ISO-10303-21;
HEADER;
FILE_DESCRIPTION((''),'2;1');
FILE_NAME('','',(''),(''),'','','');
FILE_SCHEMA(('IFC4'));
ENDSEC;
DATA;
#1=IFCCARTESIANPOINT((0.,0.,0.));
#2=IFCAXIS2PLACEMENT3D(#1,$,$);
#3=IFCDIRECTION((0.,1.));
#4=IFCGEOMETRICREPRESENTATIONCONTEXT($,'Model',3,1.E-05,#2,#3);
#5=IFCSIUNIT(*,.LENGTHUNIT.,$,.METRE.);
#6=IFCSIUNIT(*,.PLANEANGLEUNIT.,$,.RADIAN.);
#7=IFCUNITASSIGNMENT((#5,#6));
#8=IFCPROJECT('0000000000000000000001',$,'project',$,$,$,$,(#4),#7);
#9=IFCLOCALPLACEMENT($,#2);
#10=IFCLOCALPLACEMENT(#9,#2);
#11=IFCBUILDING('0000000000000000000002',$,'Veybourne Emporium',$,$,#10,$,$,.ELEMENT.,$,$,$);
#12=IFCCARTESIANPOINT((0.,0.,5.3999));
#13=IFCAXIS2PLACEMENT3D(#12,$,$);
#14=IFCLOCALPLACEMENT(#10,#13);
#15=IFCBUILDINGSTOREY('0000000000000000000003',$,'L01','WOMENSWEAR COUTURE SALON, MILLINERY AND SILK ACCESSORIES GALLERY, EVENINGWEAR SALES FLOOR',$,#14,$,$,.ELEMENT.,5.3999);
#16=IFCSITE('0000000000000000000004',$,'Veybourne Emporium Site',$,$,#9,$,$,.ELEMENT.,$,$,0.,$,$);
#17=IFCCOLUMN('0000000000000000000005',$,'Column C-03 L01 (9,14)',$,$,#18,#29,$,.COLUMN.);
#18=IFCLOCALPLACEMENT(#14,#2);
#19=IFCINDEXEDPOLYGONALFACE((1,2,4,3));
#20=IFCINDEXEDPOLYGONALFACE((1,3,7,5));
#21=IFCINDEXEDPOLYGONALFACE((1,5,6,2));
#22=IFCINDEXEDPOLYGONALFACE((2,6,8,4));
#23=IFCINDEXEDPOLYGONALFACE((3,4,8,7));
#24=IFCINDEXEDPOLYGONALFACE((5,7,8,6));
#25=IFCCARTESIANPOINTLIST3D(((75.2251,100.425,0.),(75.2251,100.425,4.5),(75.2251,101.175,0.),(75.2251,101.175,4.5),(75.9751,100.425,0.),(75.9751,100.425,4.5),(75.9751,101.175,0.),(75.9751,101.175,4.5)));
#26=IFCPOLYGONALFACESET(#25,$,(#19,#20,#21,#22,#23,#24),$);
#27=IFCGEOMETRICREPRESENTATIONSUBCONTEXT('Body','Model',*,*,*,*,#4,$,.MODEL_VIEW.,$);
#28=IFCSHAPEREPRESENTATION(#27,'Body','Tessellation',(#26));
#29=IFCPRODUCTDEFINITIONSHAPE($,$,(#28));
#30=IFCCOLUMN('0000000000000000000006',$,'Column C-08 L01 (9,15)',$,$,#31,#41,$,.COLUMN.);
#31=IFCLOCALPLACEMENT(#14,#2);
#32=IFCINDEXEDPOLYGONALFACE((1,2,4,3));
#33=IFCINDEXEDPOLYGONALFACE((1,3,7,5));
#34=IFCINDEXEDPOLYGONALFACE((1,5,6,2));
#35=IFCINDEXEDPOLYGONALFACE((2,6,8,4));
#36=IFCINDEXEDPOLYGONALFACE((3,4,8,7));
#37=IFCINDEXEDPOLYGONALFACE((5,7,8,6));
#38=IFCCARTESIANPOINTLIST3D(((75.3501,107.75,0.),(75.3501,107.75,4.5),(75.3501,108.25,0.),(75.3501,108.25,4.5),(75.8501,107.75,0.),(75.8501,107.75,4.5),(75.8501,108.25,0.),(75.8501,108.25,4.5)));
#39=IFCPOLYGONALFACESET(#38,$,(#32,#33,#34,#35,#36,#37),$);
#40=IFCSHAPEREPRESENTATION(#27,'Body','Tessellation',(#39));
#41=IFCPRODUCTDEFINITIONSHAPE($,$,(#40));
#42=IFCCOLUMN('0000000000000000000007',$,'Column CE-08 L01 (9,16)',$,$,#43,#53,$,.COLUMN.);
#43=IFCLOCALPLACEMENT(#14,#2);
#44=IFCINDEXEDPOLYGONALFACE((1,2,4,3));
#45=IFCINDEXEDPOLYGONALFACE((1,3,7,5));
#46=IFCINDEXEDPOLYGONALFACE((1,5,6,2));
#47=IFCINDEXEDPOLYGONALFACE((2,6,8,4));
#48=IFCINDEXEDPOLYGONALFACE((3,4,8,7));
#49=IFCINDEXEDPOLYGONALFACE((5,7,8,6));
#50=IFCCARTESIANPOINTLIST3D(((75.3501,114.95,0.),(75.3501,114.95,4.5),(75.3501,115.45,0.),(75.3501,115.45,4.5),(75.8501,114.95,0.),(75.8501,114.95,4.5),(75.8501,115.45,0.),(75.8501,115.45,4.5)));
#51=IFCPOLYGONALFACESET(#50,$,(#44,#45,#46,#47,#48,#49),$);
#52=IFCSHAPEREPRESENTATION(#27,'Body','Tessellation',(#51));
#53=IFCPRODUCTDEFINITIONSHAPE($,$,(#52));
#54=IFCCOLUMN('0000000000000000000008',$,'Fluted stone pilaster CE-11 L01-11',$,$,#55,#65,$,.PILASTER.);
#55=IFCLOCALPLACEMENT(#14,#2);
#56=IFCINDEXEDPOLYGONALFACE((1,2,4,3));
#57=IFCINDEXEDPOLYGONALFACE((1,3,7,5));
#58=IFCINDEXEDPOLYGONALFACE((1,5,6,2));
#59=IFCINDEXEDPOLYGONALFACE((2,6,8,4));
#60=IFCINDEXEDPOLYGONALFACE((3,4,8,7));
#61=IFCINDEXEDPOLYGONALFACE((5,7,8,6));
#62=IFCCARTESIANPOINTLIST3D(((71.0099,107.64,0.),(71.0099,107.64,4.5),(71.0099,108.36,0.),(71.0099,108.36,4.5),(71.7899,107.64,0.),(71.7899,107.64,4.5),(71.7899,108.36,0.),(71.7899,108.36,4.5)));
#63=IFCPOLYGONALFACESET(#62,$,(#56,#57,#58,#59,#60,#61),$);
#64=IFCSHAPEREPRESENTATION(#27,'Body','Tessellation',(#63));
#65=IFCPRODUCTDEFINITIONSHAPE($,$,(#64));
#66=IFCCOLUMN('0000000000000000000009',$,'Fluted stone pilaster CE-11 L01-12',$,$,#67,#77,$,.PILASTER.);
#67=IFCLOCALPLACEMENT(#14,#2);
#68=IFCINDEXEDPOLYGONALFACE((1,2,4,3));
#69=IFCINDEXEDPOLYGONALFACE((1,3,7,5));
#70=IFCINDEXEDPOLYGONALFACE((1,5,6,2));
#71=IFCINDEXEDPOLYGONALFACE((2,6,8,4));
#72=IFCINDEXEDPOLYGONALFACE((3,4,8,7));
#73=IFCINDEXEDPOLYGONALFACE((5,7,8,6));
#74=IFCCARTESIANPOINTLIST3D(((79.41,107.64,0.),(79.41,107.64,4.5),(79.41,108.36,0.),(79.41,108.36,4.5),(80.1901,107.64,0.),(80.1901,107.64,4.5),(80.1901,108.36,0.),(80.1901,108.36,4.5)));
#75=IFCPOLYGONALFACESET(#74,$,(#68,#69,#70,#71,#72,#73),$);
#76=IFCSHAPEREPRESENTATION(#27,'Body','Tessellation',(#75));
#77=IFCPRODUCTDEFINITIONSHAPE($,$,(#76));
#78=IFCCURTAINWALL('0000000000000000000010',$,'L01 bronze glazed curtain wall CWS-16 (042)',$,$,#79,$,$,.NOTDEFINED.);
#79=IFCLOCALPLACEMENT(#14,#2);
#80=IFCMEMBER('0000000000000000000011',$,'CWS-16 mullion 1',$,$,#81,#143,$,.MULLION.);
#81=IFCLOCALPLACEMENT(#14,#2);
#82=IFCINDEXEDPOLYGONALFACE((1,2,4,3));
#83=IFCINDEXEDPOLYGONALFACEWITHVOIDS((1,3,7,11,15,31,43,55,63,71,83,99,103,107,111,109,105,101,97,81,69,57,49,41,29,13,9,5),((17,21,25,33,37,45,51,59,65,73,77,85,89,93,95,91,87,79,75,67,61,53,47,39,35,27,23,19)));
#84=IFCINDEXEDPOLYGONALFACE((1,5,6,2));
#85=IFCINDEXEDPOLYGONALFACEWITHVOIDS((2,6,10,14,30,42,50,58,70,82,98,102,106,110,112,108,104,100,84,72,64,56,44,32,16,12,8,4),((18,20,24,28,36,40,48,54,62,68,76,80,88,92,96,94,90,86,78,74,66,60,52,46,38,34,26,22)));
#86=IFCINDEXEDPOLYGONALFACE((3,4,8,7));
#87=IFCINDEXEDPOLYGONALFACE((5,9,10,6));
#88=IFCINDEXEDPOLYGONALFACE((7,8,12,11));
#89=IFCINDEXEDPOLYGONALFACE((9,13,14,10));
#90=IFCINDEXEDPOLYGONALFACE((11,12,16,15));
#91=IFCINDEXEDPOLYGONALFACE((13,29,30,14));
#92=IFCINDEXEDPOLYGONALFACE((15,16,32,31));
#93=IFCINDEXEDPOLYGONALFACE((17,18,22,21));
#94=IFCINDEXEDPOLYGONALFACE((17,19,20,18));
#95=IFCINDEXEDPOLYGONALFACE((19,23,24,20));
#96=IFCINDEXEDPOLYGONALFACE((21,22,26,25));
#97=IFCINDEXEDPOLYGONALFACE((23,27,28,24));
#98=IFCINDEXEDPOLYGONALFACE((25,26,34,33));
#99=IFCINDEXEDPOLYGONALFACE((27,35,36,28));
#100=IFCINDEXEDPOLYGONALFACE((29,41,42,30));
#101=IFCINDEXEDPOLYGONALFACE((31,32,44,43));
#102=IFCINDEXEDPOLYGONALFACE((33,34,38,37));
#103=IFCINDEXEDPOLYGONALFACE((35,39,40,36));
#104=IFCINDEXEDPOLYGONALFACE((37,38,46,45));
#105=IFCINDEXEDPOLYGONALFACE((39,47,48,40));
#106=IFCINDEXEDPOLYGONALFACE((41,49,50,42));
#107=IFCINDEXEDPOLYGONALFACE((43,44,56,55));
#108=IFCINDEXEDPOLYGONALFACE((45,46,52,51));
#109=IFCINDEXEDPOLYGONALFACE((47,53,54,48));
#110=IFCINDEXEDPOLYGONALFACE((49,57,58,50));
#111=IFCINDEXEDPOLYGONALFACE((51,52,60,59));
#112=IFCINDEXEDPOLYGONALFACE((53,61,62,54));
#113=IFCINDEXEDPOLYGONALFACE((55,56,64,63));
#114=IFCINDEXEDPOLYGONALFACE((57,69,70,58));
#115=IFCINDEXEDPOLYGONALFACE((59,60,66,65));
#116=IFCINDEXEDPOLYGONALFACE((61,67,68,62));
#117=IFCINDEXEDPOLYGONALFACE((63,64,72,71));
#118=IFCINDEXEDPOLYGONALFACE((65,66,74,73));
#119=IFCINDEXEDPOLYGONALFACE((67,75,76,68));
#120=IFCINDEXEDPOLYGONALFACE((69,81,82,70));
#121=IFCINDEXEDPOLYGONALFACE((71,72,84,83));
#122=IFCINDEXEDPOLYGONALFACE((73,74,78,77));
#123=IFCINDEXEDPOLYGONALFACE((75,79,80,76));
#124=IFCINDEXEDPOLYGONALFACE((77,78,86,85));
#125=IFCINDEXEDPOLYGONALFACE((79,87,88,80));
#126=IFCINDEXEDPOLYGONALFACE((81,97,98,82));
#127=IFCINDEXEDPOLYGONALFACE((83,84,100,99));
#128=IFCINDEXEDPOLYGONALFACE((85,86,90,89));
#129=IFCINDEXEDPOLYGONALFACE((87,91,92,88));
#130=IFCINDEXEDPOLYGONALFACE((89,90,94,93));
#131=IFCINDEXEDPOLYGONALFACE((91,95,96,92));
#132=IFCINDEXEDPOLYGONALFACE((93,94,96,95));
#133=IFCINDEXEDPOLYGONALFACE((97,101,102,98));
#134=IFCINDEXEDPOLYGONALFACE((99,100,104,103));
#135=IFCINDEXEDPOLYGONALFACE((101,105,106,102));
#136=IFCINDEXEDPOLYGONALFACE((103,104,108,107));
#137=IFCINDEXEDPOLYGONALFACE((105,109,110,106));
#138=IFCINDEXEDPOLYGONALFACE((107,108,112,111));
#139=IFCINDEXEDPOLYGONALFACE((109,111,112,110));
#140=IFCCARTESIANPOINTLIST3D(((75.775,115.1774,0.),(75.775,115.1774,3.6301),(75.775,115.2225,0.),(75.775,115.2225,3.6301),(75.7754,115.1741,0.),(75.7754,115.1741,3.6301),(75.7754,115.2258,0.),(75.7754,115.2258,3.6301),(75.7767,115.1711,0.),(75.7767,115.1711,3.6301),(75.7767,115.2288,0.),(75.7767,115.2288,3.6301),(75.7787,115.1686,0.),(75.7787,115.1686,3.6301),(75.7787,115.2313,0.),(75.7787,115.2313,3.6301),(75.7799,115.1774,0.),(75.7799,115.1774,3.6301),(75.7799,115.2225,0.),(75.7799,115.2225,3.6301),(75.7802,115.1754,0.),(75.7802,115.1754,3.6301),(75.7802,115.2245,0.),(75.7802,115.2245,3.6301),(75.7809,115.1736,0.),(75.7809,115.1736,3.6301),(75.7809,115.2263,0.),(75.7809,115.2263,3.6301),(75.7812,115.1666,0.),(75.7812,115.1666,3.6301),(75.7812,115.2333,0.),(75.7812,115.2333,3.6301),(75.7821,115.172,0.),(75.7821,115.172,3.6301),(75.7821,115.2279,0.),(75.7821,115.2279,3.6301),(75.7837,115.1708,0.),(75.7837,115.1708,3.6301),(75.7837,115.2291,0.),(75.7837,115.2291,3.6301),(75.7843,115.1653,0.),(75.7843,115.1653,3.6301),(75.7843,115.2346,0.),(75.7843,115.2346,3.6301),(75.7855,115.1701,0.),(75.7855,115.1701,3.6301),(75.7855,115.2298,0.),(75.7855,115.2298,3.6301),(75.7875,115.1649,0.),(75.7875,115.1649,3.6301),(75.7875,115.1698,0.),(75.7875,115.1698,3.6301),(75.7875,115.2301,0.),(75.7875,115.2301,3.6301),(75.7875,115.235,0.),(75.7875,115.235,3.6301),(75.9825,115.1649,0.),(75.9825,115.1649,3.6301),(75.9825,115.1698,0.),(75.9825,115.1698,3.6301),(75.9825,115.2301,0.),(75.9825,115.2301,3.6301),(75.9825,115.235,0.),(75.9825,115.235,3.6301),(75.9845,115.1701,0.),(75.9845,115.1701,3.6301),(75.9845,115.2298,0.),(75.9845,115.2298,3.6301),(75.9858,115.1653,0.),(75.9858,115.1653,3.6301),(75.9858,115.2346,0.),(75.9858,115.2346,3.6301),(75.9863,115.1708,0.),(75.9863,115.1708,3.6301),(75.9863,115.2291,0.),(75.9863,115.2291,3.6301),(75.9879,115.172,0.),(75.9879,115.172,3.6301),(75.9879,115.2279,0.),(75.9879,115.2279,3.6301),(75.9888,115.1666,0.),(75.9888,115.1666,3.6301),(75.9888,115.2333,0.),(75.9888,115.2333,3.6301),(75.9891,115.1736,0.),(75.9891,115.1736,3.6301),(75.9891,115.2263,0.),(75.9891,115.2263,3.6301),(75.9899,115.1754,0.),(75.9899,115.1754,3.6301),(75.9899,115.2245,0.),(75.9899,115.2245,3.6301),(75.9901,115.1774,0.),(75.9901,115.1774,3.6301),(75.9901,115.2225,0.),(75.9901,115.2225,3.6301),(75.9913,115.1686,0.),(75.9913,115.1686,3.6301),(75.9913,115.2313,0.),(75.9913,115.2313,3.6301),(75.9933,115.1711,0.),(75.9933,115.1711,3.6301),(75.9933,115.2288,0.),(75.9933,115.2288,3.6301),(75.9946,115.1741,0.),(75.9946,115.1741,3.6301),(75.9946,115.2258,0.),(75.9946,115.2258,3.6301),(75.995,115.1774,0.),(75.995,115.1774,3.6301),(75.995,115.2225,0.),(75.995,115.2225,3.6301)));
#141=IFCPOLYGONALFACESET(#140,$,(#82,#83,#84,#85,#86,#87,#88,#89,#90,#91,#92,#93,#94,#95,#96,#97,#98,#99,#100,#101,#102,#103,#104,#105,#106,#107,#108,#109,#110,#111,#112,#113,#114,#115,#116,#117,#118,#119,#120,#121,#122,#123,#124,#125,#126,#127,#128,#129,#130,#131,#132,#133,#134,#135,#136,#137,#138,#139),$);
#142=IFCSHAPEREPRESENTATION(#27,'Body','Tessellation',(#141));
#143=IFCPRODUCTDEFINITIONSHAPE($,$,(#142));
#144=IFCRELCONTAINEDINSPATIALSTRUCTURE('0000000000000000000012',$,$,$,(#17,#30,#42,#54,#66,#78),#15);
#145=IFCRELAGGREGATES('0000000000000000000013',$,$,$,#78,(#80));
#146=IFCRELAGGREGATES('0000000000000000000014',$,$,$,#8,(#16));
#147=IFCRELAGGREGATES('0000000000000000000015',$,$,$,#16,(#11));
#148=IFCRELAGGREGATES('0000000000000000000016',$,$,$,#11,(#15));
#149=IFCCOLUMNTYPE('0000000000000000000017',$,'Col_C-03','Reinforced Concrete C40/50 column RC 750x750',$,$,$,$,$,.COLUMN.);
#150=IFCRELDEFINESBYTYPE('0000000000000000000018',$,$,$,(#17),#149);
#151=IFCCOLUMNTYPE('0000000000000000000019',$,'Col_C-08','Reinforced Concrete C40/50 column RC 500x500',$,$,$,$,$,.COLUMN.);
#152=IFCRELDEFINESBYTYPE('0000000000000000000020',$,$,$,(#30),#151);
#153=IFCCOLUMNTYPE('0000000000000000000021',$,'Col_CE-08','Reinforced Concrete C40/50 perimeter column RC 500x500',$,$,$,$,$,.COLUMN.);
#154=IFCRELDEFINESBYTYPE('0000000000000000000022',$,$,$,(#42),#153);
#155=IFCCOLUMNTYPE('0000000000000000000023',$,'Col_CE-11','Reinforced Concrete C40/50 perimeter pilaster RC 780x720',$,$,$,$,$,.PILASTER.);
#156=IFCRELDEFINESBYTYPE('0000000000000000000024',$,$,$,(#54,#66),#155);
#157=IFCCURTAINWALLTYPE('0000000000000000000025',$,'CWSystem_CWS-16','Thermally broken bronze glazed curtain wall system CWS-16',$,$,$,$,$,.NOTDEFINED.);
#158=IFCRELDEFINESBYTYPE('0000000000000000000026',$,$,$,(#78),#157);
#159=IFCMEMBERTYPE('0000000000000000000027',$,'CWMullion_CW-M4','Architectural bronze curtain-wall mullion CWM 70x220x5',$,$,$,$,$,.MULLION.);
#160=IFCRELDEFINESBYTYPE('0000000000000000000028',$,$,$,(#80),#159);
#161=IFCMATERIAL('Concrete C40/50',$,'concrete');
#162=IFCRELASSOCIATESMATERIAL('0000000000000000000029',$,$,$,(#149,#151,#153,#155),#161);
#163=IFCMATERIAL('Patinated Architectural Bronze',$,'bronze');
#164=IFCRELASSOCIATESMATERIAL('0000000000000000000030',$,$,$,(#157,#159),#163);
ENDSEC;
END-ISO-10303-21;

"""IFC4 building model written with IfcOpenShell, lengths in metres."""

from ifc_helpers import new_model, si_unit, direction, frame, origin, origin_2d, place, context, subcontext, project, spatial, rectangle, hollow_rectangle, extrude, material, material_profile, profile_set, type_object, element, aggregate, save


model = new_model("IFC4")

# Units and contexts
model_context = context("Model", 3, precision=1e-05, world=origin(), true_north=direction((0.0, 1.0)))
body_context = subcontext(model_context, "Body", "Model", "MODEL_VIEW")
ifc_project = project(units=[si_unit("LENGTHUNIT", "METRE"), si_unit("PLANEANGLEUNIT", "RADIAN")], contexts=[model_context])

# Site, building, storey
site_placement = place(None, origin())
site = spatial("IfcSite", under=ifc_project, at=site_placement, Name="Veybourne Emporium Site", CompositionType="ELEMENT", RefElevation=0.0)
building_placement = place(site_placement, origin())
building = spatial("IfcBuilding", under=site, at=building_placement, Name="Veybourne Emporium", CompositionType="ELEMENT")
storey_placement = place(building_placement, frame((0.0, 0.0, 5.3999)))
storey = spatial("IfcBuildingStorey", under=building, at=storey_placement, Name="L01", Description="WOMENSWEAR COUTURE SALON, MILLINERY AND SILK ACCESSORIES GALLERY, EVENINGWEAR SALES FLOOR", CompositionType="ELEMENT", Elevation=5.3999)

# Columns
ifc_material_1 = material(Name="Concrete C40/50", Category="concrete")
ifc_material_profile_1 = material_profile(ifc_material_1, rectangle(XDim=0.75, YDim=0.75, at=origin_2d()), Name="RC 750x750")
ifc_profile_set_1 = profile_set([ifc_material_profile_1], Name="Concrete C40/50")
column_type_1 = type_object("IfcColumnType", Name="Col_C-03", Description="Reinforced Concrete C40/50 column RC 750x750", PredefinedType="COLUMN", material=ifc_profile_set_1)
column_1_placement = place(storey_placement, frame((75.6001, 100.8, 0.0), z_axis=(0.0, 0.0, 1.0), x_axis=(1.0, 0.0, 0.0)))
element("IfcColumn", 1, at=column_1_placement, inside=storey, type_object=column_type_1, Name="Column C-03 L01 (9,14)", PredefinedType="COLUMN", context=body_context, shape_type="SweptSolid", body=[
    extrude(rectangle(XDim=0.75, YDim=0.75, at=origin_2d()), origin(), (0.0, 0.0, 1.0), 4.5),
])
ifc_material_profile_2 = material_profile(ifc_material_1, rectangle(XDim=0.5, YDim=0.5, at=origin_2d()), Name="RC 500x500")
ifc_profile_set_2 = profile_set([ifc_material_profile_2], Name="Concrete C40/50")
column_type_2 = type_object("IfcColumnType", Name="Col_C-08", Description="Reinforced Concrete C40/50 column RC 500x500", PredefinedType="COLUMN", material=ifc_profile_set_2)
column_2_placement = place(storey_placement, frame((75.6001, 108.0, 0.0), z_axis=(0.0, 0.0, 1.0), x_axis=(1.0, 0.0, 0.0)))
element("IfcColumn", 2, at=column_2_placement, inside=storey, type_object=column_type_2, Name="Column C-08 L01 (9,15)", PredefinedType="COLUMN", context=body_context, shape_type="SweptSolid", body=[
    extrude(rectangle(XDim=0.5, YDim=0.5, at=origin_2d()), origin(), (0.0, 0.0, 1.0), 4.5),
])
ifc_material_profile_3 = material_profile(ifc_material_1, rectangle(XDim=0.5, YDim=0.5, at=origin_2d()), Name="RC 500x500")
ifc_profile_set_3 = profile_set([ifc_material_profile_3], Name="Concrete C40/50")
column_type_3 = type_object("IfcColumnType", Name="Col_CE-08", Description="Reinforced Concrete C40/50 perimeter column RC 500x500", PredefinedType="COLUMN", material=ifc_profile_set_3)
column_3_placement = place(storey_placement, frame((75.6001, 115.2, 0.0), z_axis=(0.0, 0.0, 1.0), x_axis=(1.0, 0.0, 0.0)))
element("IfcColumn", 3, at=column_3_placement, inside=storey, type_object=column_type_3, Name="Column CE-08 L01 (9,16)", PredefinedType="COLUMN", context=body_context, shape_type="SweptSolid", body=[
    extrude(rectangle(XDim=0.5, YDim=0.5, at=origin_2d()), origin(), (0.0, 0.0, 1.0), 4.5),
])
ifc_material_profile_4 = material_profile(ifc_material_1, rectangle(XDim=0.78, YDim=0.72, at=origin_2d()), Name="RC 780x720")
ifc_profile_set_4 = profile_set([ifc_material_profile_4], Name="Concrete C40/50")
column_type_4 = type_object("IfcColumnType", Name="Col_CE-11", Description="Reinforced Concrete C40/50 perimeter pilaster RC 780x720", PredefinedType="PILASTER", material=ifc_profile_set_4)
for number, where, z_axis, x_axis, name in (
    (4, (71.3999, 108.0, 0.0), (0.0, 0.0, 1.0), (1.0, 0.0, 0.0), "Fluted stone pilaster CE-11 L01-11"),
    (5, (79.8, 108.0, 0.0), (0.0, 0.0, 1.0), (1.0, 0.0, 0.0), "Fluted stone pilaster CE-11 L01-12"),
):
    element("IfcColumn", number, at=place(storey_placement, frame(where, z_axis=z_axis, x_axis=x_axis)), inside=storey, type_object=column_type_4, Name=name, PredefinedType="PILASTER", context=body_context, shape_type="SweptSolid", body=[
        extrude(rectangle(XDim=0.78, YDim=0.72, at=origin_2d()), origin(), (0.0, 0.0, 1.0), 4.5),
    ])

# Curtain wall, member
ifc_material_2 = material(Name="Patinated Architectural Bronze", Category="bronze")
curtain_wall_type = type_object("IfcCurtainWallType", Name="CWSystem_CWS-16", Description="Thermally broken bronze glazed curtain wall system CWS-16", PredefinedType="NOTDEFINED", material=ifc_material_2)
curtain_wall_placement = place(storey_placement, origin())
curtain_wall = element("IfcCurtainWall", 6, at=curtain_wall_placement, inside=storey, type_object=curtain_wall_type, Name="L01 bronze glazed curtain wall CWS-16 (042)", PredefinedType="NOTDEFINED")
ifc_material_profile_5 = material_profile(ifc_material_2, hollow_rectangle(XDim=0.0701, YDim=0.22, WallThickness=0.0049, InnerFilletRadius=0.0076, OuterFilletRadius=0.0125, at=origin_2d()), Name="CWM 70x220x5")
ifc_profile_set_5 = profile_set([ifc_material_profile_5], Name="Patinated Architectural Bronze")
member_type_1 = type_object("IfcMemberType", Name="CWMullion_CW-M4", Description="Architectural bronze curtain-wall mullion CWM 70x220x5", PredefinedType="MULLION", material=ifc_profile_set_5)
member_1_placement = place(storey_placement, frame((75.885, 115.2, 0.0), z_axis=(0.0, 0.0, 1.0), x_axis=(0.0, 1.0, 0.0)))
member_1 = element("IfcMember", 7, at=member_1_placement, type_object=member_type_1, Name="CWS-16 mullion 1", PredefinedType="MULLION", context=body_context, shape_type="SweptSolid", body=[
    extrude(hollow_rectangle(XDim=0.0701, YDim=0.22, WallThickness=0.0049, InnerFilletRadius=0.0076, OuterFilletRadius=0.0125, at=origin_2d()), origin(), (0.0, 0.0, 1.0), 3.6301),
])
aggregate(curtain_wall, [member_1])

save(model, "model.ifc")
